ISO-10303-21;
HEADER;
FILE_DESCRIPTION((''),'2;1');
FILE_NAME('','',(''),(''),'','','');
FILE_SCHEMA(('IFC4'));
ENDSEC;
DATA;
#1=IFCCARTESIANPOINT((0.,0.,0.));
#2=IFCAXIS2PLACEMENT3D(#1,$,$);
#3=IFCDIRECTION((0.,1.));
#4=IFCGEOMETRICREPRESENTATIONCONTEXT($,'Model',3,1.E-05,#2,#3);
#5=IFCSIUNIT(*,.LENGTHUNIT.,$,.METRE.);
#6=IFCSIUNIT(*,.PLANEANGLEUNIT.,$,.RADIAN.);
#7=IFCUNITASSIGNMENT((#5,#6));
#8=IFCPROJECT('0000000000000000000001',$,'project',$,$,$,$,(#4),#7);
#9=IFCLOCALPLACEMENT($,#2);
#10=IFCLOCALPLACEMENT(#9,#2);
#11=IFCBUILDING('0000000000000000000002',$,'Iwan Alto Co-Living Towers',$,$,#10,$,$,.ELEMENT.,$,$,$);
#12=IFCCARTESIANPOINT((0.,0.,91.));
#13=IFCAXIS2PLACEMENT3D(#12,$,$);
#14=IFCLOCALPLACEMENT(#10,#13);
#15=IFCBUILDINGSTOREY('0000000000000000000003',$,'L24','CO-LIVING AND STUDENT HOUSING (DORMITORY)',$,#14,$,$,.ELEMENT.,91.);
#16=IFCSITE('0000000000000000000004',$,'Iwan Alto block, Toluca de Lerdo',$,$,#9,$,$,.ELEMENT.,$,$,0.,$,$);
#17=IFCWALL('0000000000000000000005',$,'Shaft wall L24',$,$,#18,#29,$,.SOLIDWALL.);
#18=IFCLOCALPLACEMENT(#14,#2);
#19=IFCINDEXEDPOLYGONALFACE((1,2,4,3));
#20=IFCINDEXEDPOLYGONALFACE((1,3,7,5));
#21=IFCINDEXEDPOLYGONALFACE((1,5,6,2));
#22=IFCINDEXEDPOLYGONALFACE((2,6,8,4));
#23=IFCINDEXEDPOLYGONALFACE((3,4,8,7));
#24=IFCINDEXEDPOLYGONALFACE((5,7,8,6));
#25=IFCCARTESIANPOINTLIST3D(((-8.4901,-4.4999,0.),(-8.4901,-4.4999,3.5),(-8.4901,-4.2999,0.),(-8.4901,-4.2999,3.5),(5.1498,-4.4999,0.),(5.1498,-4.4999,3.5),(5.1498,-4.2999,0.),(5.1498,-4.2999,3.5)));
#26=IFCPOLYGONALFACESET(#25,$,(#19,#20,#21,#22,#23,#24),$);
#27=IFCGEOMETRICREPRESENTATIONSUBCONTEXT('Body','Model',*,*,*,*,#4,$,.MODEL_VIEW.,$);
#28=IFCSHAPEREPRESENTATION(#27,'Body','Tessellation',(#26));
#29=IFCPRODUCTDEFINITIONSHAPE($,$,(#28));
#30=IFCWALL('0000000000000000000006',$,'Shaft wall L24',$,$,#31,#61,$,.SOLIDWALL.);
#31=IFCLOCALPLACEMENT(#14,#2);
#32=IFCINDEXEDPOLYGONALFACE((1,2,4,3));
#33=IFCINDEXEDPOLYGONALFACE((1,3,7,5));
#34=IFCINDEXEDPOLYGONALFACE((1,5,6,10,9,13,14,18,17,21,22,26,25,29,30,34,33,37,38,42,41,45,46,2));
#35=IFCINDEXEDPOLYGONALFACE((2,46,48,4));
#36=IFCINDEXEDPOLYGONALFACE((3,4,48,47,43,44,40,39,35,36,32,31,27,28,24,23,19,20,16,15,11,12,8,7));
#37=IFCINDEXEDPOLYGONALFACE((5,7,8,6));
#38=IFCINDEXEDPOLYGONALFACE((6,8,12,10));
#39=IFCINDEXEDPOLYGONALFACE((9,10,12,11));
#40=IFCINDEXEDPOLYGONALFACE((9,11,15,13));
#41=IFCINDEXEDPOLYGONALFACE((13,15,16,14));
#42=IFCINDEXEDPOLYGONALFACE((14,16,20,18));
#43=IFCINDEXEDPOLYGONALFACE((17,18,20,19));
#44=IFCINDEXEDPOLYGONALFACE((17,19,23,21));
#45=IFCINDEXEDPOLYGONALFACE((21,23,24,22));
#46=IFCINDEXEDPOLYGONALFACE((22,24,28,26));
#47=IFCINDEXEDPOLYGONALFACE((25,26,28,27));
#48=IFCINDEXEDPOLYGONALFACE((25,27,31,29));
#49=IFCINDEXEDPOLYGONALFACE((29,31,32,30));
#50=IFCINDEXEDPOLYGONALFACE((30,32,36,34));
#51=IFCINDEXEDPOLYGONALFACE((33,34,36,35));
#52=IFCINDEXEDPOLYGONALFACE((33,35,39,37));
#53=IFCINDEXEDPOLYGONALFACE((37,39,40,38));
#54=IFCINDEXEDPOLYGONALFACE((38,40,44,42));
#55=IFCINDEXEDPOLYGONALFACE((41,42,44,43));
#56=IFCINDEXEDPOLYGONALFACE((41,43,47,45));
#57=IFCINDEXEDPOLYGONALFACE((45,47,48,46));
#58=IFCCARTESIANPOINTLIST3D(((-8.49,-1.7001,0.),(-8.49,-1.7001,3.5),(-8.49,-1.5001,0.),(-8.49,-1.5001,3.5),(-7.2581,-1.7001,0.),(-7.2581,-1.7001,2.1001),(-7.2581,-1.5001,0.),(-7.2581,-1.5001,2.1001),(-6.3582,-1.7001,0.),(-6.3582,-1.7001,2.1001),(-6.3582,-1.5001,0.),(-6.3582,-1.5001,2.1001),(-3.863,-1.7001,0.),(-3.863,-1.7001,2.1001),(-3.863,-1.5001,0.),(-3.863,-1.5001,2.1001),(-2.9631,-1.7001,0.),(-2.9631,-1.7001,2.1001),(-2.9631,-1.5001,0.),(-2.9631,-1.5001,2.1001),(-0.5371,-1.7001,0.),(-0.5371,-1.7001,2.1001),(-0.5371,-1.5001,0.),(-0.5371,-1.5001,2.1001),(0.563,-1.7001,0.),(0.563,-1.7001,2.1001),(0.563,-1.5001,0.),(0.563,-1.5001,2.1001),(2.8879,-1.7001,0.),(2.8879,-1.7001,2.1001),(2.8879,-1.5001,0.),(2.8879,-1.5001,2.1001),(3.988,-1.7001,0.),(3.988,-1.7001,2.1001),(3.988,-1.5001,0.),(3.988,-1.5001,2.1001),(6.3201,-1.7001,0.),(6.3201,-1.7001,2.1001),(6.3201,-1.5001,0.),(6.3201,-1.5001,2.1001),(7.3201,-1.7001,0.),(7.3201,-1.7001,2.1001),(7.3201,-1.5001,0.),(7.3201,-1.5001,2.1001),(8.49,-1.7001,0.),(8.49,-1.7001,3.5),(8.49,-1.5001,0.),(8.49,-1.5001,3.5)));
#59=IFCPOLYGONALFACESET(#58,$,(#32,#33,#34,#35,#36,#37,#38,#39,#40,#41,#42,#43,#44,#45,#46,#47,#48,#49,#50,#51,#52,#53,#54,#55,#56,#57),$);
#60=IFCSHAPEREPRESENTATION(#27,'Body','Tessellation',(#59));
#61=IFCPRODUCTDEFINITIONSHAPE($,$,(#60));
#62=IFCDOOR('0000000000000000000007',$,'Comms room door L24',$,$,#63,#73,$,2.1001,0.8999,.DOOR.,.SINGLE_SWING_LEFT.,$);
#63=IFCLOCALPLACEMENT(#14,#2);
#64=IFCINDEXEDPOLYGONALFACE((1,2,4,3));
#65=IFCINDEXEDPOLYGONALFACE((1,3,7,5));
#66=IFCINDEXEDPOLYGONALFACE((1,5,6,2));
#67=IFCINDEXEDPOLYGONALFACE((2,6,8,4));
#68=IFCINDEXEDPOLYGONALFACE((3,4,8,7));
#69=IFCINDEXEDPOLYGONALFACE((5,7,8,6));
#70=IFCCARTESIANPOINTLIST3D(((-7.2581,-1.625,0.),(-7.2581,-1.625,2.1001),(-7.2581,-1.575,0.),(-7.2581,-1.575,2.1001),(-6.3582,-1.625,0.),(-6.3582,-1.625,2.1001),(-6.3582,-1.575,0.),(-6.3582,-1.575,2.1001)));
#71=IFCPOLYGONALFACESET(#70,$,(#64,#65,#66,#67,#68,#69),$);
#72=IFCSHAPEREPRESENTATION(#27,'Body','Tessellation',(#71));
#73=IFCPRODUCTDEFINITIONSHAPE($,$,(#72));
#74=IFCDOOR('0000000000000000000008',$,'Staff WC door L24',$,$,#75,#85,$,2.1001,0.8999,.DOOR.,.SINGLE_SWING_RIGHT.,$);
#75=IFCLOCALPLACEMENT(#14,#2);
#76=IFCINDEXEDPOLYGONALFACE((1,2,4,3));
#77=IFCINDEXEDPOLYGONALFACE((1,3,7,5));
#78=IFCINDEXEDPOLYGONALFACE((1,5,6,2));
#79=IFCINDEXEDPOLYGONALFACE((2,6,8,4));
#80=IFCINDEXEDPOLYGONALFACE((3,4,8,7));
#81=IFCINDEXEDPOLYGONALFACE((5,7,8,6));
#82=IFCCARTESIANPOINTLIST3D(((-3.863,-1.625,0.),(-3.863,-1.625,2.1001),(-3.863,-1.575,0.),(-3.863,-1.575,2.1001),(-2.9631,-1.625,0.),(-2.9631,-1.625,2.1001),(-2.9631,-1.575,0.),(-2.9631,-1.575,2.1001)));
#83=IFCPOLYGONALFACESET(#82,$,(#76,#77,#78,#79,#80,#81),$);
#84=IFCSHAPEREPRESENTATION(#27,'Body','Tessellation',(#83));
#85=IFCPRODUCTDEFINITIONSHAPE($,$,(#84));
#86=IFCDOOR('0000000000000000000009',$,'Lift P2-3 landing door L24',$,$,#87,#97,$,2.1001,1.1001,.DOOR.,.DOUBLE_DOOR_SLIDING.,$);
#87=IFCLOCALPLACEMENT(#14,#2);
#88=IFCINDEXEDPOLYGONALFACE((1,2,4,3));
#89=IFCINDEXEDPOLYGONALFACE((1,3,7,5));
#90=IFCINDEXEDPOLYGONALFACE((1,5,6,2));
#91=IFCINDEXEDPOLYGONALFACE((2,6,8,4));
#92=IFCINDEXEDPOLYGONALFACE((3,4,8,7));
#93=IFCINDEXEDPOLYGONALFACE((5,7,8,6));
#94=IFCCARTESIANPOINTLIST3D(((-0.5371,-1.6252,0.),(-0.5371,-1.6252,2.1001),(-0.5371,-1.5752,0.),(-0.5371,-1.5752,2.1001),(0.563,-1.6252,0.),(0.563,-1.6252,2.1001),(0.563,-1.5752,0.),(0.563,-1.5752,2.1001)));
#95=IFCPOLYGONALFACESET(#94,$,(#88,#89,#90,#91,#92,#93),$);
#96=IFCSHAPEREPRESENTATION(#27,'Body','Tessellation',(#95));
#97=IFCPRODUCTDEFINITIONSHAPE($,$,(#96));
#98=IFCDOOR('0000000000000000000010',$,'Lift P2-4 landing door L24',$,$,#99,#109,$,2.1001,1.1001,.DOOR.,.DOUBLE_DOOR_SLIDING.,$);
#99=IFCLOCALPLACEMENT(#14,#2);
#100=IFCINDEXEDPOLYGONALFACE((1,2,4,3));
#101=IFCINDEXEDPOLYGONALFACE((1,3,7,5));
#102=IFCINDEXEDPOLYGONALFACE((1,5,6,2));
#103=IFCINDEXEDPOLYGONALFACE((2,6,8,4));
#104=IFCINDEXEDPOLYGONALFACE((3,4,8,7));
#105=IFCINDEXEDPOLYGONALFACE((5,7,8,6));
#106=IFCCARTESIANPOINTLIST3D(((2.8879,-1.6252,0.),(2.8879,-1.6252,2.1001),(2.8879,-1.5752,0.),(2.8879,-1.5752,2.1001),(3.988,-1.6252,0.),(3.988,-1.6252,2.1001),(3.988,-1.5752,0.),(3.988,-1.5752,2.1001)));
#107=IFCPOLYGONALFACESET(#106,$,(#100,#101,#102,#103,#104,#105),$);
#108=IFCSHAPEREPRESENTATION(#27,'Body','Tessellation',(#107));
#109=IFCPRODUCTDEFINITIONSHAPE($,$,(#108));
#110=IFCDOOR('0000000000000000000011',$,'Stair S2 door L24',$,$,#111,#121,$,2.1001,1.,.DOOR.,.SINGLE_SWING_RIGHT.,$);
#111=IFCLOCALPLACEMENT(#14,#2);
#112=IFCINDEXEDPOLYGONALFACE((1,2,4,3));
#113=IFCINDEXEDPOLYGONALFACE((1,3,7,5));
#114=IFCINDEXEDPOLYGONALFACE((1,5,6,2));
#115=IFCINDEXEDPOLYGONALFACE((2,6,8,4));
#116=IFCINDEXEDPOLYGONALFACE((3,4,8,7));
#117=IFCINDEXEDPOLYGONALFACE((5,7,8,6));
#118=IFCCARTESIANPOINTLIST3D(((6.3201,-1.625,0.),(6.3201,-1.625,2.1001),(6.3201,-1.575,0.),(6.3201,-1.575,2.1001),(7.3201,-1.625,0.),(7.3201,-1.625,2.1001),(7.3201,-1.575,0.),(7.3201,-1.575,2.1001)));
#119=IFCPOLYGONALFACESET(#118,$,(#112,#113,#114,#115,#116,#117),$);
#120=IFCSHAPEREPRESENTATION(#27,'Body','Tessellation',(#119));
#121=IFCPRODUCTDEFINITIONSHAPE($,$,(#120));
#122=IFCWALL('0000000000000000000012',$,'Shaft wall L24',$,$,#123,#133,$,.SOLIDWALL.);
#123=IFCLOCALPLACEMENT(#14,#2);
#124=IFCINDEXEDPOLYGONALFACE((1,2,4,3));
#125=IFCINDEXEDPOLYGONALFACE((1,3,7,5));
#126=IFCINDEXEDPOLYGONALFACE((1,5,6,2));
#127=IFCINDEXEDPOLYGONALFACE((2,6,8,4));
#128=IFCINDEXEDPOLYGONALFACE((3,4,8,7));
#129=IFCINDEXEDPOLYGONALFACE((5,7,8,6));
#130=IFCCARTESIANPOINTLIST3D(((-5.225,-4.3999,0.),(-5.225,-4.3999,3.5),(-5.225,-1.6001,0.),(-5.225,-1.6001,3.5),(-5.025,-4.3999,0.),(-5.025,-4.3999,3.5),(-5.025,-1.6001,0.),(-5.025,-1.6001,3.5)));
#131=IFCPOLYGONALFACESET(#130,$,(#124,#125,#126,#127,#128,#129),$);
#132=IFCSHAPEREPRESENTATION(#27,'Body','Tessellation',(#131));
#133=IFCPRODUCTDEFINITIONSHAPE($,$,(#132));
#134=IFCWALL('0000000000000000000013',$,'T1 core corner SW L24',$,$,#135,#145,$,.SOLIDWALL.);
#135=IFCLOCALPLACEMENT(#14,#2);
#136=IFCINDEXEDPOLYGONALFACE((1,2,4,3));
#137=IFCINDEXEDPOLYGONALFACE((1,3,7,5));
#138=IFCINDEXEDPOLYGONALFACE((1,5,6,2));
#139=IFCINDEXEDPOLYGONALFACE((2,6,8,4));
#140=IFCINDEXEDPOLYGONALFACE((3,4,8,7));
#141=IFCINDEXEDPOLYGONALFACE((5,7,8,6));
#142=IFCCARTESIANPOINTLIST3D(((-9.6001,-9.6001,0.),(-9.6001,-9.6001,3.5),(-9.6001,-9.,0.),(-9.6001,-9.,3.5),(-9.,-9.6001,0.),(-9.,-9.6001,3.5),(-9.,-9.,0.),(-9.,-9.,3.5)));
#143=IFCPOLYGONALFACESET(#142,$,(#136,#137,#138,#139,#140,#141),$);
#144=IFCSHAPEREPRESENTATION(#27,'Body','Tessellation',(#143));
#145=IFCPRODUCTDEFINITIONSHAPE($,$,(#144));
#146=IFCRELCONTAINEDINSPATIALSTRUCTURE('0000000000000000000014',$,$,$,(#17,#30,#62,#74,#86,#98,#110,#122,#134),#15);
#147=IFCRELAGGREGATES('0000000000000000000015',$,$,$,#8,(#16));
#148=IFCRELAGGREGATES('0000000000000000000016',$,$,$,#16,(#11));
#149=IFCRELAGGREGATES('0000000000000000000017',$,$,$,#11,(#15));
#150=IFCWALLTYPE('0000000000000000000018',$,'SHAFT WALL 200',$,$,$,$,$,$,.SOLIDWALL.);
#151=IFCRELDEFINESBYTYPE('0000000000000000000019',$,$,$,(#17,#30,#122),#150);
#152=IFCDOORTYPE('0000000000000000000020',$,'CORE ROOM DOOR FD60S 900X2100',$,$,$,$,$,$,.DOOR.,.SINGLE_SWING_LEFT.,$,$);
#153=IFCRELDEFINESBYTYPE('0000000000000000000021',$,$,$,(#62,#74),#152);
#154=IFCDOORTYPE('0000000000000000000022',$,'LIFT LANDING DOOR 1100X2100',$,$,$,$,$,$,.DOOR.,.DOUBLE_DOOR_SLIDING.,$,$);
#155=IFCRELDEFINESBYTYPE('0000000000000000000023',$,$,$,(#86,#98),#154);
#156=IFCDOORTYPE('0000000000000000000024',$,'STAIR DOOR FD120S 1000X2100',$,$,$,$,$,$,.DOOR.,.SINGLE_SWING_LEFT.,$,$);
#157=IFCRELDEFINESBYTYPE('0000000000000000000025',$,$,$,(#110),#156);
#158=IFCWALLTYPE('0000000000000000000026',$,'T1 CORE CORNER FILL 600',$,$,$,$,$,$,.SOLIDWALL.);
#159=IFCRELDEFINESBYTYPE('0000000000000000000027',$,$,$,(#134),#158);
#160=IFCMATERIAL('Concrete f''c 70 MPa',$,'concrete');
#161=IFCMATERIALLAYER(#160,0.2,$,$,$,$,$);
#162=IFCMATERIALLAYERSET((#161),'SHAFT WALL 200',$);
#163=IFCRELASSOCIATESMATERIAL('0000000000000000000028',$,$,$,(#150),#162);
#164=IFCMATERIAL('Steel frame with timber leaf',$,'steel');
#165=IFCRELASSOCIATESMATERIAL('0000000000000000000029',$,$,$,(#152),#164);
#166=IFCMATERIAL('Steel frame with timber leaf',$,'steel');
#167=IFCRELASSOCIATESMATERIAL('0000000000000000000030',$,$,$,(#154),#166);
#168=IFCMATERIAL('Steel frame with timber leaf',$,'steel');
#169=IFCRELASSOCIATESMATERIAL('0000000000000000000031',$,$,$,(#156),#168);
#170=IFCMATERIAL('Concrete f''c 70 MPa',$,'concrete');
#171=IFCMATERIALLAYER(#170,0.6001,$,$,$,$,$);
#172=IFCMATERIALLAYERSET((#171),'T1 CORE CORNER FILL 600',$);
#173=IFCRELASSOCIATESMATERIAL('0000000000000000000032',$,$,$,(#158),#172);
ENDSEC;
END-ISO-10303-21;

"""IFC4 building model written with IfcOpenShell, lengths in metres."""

from ifc_helpers import new_model, si_unit, direction, frame, frame_2d, origin, place, context, subcontext, project, spatial, rectangle, extrude, material, layer, layer_set, type_object, element, fill, save


model = new_model("IFC4")

# Units and contexts
model_context = context("Model", 3, precision=1e-05, world=origin(), true_north=direction((0.0, 1.0)))
body_context = subcontext(model_context, "Body", "Model", "MODEL_VIEW")
ifc_project = project(units=[si_unit("LENGTHUNIT", "METRE"), si_unit("PLANEANGLEUNIT", "RADIAN")], contexts=[model_context])

# Site, building, storey
site_placement = place(None, origin())
site = spatial("IfcSite", under=ifc_project, at=site_placement, Name="Iwan Alto block, Toluca de Lerdo", CompositionType="ELEMENT", RefElevation=0.0)
building_placement = place(site_placement, origin())
building = spatial("IfcBuilding", under=site, at=building_placement, Name="Iwan Alto Co-Living Towers", CompositionType="ELEMENT")
storey_placement = place(building_placement, frame((0.0, 0.0, 91.0)))
storey = spatial("IfcBuildingStorey", under=building, at=storey_placement, Name="L24", Description="CO-LIVING AND STUDENT HOUSING (DORMITORY)", CompositionType="ELEMENT", Elevation=91.0)

# Wall
ifc_material_1 = material(Name="Concrete f'c 70 MPa", Category="concrete")
ifc_layer_1 = layer(ifc_material_1, 0.2)
ifc_layer_set_1 = layer_set([ifc_layer_1], Name="SHAFT WALL 200")
wall_type_1 = type_object("IfcWallType", Name="SHAFT WALL 200", PredefinedType="SOLIDWALL", material=ifc_layer_set_1)
wall_1_placement = place(storey_placement, frame((-8.49, -4.3999, 0.0), z_axis=(0.0, 0.0, 1.0), x_axis=(1.0, 0.0, 0.0)))
element("IfcWall", 1, at=wall_1_placement, inside=storey, type_object=wall_type_1, Name="Shaft wall L24", PredefinedType="SOLIDWALL", context=body_context, shape_type="SweptSolid", body=[
    extrude(rectangle(XDim=13.6399, YDim=0.2, at=frame_2d((6.8198, 0.0))), origin(), (0.0, 0.0, 1.0), 3.5),
])

# Wall, openings, doors
wall_2_placement = place(storey_placement, frame((-8.49, -1.6001, 0.0), z_axis=(0.0, 0.0, 1.0), x_axis=(1.0, 0.0, 0.0)))
wall_2 = element("IfcWall", 2, at=wall_2_placement, inside=storey, type_object=wall_type_1, Name="Shaft wall L24", PredefinedType="SOLIDWALL", context=body_context, shape_type="SweptSolid", body=[
    extrude(rectangle(XDim=16.98, YDim=0.2, at=frame_2d((8.49, 0.0))), origin(), (0.0, 0.0, 1.0), 3.5),
])
opening_1_placement = place(wall_2_placement, frame((14.8101, 0.0, 0.0)))
opening_1 = element("IfcOpeningElement", 3, at=opening_1_placement, cuts=wall_2, PredefinedType="OPENING", context=body_context, shape_type="SweptSolid", body=[
    extrude(rectangle(XDim=1.0, YDim=2.1001, at=frame_2d((0.5, 1.05))), frame((0.0, 0.1099, 0.0), z_axis=(0.0, -1.0, 0.0), x_axis=(1.0, 0.0, 0.0)), (0.0, 0.0, 1.0), 0.22),
])
opening_2_placement = place(wall_2_placement, frame((1.2319, 0.0, 0.0)))
opening_2 = element("IfcOpeningElement", 4, at=opening_2_placement, cuts=wall_2, PredefinedType="OPENING", context=body_context, shape_type="SweptSolid", body=[
    extrude(rectangle(XDim=0.8999, YDim=2.1001, at=frame_2d((0.45, 1.05))), frame((0.0, 0.1099, 0.0), z_axis=(0.0, -1.0, 0.0), x_axis=(1.0, 0.0, 0.0)), (0.0, 0.0, 1.0), 0.22),
])
opening_3_placement = place(wall_2_placement, frame((4.627, 0.0, 0.0)))
opening_3 = element("IfcOpeningElement", 5, at=opening_3_placement, cuts=wall_2, PredefinedType="OPENING", context=body_context, shape_type="SweptSolid", body=[
    extrude(rectangle(XDim=0.8999, YDim=2.1001, at=frame_2d((0.45, 1.05))), frame((0.0, 0.1099, 0.0), z_axis=(0.0, -1.0, 0.0), x_axis=(1.0, 0.0, 0.0)), (0.0, 0.0, 1.0), 0.22),
])
opening_4_placement = place(wall_2_placement, frame((7.9529, 0.0, 0.0)))
opening_4 = element("IfcOpeningElement", 6, at=opening_4_placement, cuts=wall_2, PredefinedType="OPENING", context=body_context, shape_type="SweptSolid", body=[
    extrude(rectangle(XDim=1.1001, YDim=2.1001, at=frame_2d((0.55, 1.05))), frame((0.0, 0.1099, 0.0), z_axis=(0.0, -1.0, 0.0), x_axis=(1.0, 0.0, 0.0)), (0.0, 0.0, 1.0), 0.22),
])
opening_5_placement = place(wall_2_placement, frame((11.3779, 0.0, 0.0)))
opening_5 = element("IfcOpeningElement", 7, at=opening_5_placement, cuts=wall_2, PredefinedType="OPENING", context=body_context, shape_type="SweptSolid", body=[
    extrude(rectangle(XDim=1.1001, YDim=2.1001, at=frame_2d((0.55, 1.05))), frame((0.0, 0.1099, 0.0), z_axis=(0.0, -1.0, 0.0), x_axis=(1.0, 0.0, 0.0)), (0.0, 0.0, 1.0), 0.22),
])
ifc_material_2 = material(Name="Steel frame with timber leaf", Category="steel")
door_type_1 = type_object("IfcDoorType", Name="CORE ROOM DOOR FD60S 900X2100", OperationType="SINGLE_SWING_LEFT", PredefinedType="DOOR", material=ifc_material_2)
door_1_placement = place(opening_2_placement, frame((0.8999, 0.0, 0.0), z_axis=(0.0, 0.0, 1.0), x_axis=(-1.0, 0.0, 0.0)))
door_1 = element("IfcDoor", 8, at=door_1_placement, inside=storey, type_object=door_type_1, Name="Comms room door L24", OperationType="SINGLE_SWING_LEFT", OverallHeight=2.1001, OverallWidth=0.8999, PredefinedType="DOOR", context=body_context, shape_type="SweptSolid", body=[
    extrude(rectangle(XDim=0.8999, YDim=2.1001, at=frame_2d((0.45, 1.05))), frame((0.0, 0.0249, 0.0), z_axis=(0.0, -1.0, 0.0), x_axis=(1.0, 0.0, 0.0)), (0.0, 0.0, 1.0), 0.05),
])
fill(opening_2, door_1)
door_2_placement = place(opening_3_placement, frame((0.8999, 0.0, 0.0), z_axis=(0.0, 0.0, 1.0), x_axis=(-1.0, 0.0, 0.0)))
door_2 = element("IfcDoor", 9, at=door_2_placement, inside=storey, type_object=door_type_1, Name="Staff WC door L24", OperationType="SINGLE_SWING_RIGHT", OverallHeight=2.1001, OverallWidth=0.8999, PredefinedType="DOOR", context=body_context, shape_type="SweptSolid", body=[
    extrude(rectangle(XDim=0.8999, YDim=2.1001, at=frame_2d((0.45, 1.05))), frame((0.0, 0.0249, 0.0), z_axis=(0.0, -1.0, 0.0), x_axis=(1.0, 0.0, 0.0)), (0.0, 0.0, 1.0), 0.05),
])
fill(opening_3, door_2)
ifc_material_3 = material(Name="Steel frame with timber leaf", Category="steel")
door_type_2 = type_object("IfcDoorType", Name="LIFT LANDING DOOR 1100X2100", OperationType="DOUBLE_DOOR_SLIDING", PredefinedType="DOOR", material=ifc_material_3)
door_3_placement = place(opening_4_placement, origin())
door_3 = element("IfcDoor", 10, at=door_3_placement, inside=storey, type_object=door_type_2, Name="Lift P2-3 landing door L24", OperationType="DOUBLE_DOOR_SLIDING", OverallHeight=2.1001, OverallWidth=1.1001, PredefinedType="DOOR", context=body_context, shape_type="SweptSolid", body=[
    extrude(rectangle(XDim=1.1001, YDim=2.1001, at=frame_2d((0.55, 1.05))), frame((0.0, 0.0249, 0.0), z_axis=(0.0, -1.0, 0.0), x_axis=(1.0, 0.0, 0.0)), (0.0, 0.0, 1.0), 0.05),
])
fill(opening_4, door_3)
door_4_placement = place(opening_5_placement, origin())
door_4 = element("IfcDoor", 11, at=door_4_placement, inside=storey, type_object=door_type_2, Name="Lift P2-4 landing door L24", OperationType="DOUBLE_DOOR_SLIDING", OverallHeight=2.1001, OverallWidth=1.1001, PredefinedType="DOOR", context=body_context, shape_type="SweptSolid", body=[
    extrude(rectangle(XDim=1.1001, YDim=2.1001, at=frame_2d((0.55, 1.05))), frame((0.0, 0.0249, 0.0), z_axis=(0.0, -1.0, 0.0), x_axis=(1.0, 0.0, 0.0)), (0.0, 0.0, 1.0), 0.05),
])
fill(opening_5, door_4)
ifc_material_4 = material(Name="Steel frame with timber leaf", Category="steel")
door_type_3 = type_object("IfcDoorType", Name="STAIR DOOR FD120S 1000X2100", OperationType="SINGLE_SWING_LEFT", PredefinedType="DOOR", material=ifc_material_4)
door_5_placement = place(opening_1_placement, frame((1.0, 0.0, 0.0), z_axis=(0.0, 0.0, 1.0), x_axis=(-1.0, 0.0, 0.0)))
door_5 = element("IfcDoor", 12, at=door_5_placement, inside=storey, type_object=door_type_3, Name="Stair S2 door L24", OperationType="SINGLE_SWING_RIGHT", OverallHeight=2.1001, OverallWidth=1.0, PredefinedType="DOOR", context=body_context, shape_type="SweptSolid", body=[
    extrude(rectangle(XDim=1.0, YDim=2.1001, at=frame_2d((0.5, 1.05))), frame((0.0, 0.0249, 0.0), z_axis=(0.0, -1.0, 0.0), x_axis=(1.0, 0.0, 0.0)), (0.0, 0.0, 1.0), 0.05),
])
fill(opening_1, door_5)

# Walls
wall_3_placement = place(storey_placement, frame((-5.125, -4.3999, 0.0), z_axis=(0.0, 0.0, 1.0), x_axis=(0.0, 1.0, 0.0)))
element("IfcWall", 13, at=wall_3_placement, inside=storey, type_object=wall_type_1, Name="Shaft wall L24", PredefinedType="SOLIDWALL", context=body_context, shape_type="SweptSolid", body=[
    extrude(rectangle(XDim=2.7998, YDim=0.2, at=frame_2d((1.3999, 0.0))), origin(), (0.0, 0.0, 1.0), 3.5),
])
ifc_material_5 = material(Name="Concrete f'c 70 MPa", Category="concrete")
ifc_layer_2 = layer(ifc_material_5, 0.6001)
ifc_layer_set_2 = layer_set([ifc_layer_2], Name="T1 CORE CORNER FILL 600")
wall_type_2 = type_object("IfcWallType", Name="T1 CORE CORNER FILL 600", PredefinedType="SOLIDWALL", material=ifc_layer_set_2)
wall_4_placement = place(storey_placement, frame((-9.6001, -9.3, 0.0), z_axis=(0.0, 0.0, 1.0), x_axis=(1.0, 0.0, 0.0)))
element("IfcWall", 14, at=wall_4_placement, inside=storey, type_object=wall_type_2, Name="T1 core corner SW L24", PredefinedType="SOLIDWALL", context=body_context, shape_type="SweptSolid", body=[
    extrude(rectangle(XDim=0.6001, YDim=0.6001, at=frame_2d((0.3, 0.0))), origin(), (0.0, 0.0, 1.0), 3.5),
])

save(model, "model.ifc")
